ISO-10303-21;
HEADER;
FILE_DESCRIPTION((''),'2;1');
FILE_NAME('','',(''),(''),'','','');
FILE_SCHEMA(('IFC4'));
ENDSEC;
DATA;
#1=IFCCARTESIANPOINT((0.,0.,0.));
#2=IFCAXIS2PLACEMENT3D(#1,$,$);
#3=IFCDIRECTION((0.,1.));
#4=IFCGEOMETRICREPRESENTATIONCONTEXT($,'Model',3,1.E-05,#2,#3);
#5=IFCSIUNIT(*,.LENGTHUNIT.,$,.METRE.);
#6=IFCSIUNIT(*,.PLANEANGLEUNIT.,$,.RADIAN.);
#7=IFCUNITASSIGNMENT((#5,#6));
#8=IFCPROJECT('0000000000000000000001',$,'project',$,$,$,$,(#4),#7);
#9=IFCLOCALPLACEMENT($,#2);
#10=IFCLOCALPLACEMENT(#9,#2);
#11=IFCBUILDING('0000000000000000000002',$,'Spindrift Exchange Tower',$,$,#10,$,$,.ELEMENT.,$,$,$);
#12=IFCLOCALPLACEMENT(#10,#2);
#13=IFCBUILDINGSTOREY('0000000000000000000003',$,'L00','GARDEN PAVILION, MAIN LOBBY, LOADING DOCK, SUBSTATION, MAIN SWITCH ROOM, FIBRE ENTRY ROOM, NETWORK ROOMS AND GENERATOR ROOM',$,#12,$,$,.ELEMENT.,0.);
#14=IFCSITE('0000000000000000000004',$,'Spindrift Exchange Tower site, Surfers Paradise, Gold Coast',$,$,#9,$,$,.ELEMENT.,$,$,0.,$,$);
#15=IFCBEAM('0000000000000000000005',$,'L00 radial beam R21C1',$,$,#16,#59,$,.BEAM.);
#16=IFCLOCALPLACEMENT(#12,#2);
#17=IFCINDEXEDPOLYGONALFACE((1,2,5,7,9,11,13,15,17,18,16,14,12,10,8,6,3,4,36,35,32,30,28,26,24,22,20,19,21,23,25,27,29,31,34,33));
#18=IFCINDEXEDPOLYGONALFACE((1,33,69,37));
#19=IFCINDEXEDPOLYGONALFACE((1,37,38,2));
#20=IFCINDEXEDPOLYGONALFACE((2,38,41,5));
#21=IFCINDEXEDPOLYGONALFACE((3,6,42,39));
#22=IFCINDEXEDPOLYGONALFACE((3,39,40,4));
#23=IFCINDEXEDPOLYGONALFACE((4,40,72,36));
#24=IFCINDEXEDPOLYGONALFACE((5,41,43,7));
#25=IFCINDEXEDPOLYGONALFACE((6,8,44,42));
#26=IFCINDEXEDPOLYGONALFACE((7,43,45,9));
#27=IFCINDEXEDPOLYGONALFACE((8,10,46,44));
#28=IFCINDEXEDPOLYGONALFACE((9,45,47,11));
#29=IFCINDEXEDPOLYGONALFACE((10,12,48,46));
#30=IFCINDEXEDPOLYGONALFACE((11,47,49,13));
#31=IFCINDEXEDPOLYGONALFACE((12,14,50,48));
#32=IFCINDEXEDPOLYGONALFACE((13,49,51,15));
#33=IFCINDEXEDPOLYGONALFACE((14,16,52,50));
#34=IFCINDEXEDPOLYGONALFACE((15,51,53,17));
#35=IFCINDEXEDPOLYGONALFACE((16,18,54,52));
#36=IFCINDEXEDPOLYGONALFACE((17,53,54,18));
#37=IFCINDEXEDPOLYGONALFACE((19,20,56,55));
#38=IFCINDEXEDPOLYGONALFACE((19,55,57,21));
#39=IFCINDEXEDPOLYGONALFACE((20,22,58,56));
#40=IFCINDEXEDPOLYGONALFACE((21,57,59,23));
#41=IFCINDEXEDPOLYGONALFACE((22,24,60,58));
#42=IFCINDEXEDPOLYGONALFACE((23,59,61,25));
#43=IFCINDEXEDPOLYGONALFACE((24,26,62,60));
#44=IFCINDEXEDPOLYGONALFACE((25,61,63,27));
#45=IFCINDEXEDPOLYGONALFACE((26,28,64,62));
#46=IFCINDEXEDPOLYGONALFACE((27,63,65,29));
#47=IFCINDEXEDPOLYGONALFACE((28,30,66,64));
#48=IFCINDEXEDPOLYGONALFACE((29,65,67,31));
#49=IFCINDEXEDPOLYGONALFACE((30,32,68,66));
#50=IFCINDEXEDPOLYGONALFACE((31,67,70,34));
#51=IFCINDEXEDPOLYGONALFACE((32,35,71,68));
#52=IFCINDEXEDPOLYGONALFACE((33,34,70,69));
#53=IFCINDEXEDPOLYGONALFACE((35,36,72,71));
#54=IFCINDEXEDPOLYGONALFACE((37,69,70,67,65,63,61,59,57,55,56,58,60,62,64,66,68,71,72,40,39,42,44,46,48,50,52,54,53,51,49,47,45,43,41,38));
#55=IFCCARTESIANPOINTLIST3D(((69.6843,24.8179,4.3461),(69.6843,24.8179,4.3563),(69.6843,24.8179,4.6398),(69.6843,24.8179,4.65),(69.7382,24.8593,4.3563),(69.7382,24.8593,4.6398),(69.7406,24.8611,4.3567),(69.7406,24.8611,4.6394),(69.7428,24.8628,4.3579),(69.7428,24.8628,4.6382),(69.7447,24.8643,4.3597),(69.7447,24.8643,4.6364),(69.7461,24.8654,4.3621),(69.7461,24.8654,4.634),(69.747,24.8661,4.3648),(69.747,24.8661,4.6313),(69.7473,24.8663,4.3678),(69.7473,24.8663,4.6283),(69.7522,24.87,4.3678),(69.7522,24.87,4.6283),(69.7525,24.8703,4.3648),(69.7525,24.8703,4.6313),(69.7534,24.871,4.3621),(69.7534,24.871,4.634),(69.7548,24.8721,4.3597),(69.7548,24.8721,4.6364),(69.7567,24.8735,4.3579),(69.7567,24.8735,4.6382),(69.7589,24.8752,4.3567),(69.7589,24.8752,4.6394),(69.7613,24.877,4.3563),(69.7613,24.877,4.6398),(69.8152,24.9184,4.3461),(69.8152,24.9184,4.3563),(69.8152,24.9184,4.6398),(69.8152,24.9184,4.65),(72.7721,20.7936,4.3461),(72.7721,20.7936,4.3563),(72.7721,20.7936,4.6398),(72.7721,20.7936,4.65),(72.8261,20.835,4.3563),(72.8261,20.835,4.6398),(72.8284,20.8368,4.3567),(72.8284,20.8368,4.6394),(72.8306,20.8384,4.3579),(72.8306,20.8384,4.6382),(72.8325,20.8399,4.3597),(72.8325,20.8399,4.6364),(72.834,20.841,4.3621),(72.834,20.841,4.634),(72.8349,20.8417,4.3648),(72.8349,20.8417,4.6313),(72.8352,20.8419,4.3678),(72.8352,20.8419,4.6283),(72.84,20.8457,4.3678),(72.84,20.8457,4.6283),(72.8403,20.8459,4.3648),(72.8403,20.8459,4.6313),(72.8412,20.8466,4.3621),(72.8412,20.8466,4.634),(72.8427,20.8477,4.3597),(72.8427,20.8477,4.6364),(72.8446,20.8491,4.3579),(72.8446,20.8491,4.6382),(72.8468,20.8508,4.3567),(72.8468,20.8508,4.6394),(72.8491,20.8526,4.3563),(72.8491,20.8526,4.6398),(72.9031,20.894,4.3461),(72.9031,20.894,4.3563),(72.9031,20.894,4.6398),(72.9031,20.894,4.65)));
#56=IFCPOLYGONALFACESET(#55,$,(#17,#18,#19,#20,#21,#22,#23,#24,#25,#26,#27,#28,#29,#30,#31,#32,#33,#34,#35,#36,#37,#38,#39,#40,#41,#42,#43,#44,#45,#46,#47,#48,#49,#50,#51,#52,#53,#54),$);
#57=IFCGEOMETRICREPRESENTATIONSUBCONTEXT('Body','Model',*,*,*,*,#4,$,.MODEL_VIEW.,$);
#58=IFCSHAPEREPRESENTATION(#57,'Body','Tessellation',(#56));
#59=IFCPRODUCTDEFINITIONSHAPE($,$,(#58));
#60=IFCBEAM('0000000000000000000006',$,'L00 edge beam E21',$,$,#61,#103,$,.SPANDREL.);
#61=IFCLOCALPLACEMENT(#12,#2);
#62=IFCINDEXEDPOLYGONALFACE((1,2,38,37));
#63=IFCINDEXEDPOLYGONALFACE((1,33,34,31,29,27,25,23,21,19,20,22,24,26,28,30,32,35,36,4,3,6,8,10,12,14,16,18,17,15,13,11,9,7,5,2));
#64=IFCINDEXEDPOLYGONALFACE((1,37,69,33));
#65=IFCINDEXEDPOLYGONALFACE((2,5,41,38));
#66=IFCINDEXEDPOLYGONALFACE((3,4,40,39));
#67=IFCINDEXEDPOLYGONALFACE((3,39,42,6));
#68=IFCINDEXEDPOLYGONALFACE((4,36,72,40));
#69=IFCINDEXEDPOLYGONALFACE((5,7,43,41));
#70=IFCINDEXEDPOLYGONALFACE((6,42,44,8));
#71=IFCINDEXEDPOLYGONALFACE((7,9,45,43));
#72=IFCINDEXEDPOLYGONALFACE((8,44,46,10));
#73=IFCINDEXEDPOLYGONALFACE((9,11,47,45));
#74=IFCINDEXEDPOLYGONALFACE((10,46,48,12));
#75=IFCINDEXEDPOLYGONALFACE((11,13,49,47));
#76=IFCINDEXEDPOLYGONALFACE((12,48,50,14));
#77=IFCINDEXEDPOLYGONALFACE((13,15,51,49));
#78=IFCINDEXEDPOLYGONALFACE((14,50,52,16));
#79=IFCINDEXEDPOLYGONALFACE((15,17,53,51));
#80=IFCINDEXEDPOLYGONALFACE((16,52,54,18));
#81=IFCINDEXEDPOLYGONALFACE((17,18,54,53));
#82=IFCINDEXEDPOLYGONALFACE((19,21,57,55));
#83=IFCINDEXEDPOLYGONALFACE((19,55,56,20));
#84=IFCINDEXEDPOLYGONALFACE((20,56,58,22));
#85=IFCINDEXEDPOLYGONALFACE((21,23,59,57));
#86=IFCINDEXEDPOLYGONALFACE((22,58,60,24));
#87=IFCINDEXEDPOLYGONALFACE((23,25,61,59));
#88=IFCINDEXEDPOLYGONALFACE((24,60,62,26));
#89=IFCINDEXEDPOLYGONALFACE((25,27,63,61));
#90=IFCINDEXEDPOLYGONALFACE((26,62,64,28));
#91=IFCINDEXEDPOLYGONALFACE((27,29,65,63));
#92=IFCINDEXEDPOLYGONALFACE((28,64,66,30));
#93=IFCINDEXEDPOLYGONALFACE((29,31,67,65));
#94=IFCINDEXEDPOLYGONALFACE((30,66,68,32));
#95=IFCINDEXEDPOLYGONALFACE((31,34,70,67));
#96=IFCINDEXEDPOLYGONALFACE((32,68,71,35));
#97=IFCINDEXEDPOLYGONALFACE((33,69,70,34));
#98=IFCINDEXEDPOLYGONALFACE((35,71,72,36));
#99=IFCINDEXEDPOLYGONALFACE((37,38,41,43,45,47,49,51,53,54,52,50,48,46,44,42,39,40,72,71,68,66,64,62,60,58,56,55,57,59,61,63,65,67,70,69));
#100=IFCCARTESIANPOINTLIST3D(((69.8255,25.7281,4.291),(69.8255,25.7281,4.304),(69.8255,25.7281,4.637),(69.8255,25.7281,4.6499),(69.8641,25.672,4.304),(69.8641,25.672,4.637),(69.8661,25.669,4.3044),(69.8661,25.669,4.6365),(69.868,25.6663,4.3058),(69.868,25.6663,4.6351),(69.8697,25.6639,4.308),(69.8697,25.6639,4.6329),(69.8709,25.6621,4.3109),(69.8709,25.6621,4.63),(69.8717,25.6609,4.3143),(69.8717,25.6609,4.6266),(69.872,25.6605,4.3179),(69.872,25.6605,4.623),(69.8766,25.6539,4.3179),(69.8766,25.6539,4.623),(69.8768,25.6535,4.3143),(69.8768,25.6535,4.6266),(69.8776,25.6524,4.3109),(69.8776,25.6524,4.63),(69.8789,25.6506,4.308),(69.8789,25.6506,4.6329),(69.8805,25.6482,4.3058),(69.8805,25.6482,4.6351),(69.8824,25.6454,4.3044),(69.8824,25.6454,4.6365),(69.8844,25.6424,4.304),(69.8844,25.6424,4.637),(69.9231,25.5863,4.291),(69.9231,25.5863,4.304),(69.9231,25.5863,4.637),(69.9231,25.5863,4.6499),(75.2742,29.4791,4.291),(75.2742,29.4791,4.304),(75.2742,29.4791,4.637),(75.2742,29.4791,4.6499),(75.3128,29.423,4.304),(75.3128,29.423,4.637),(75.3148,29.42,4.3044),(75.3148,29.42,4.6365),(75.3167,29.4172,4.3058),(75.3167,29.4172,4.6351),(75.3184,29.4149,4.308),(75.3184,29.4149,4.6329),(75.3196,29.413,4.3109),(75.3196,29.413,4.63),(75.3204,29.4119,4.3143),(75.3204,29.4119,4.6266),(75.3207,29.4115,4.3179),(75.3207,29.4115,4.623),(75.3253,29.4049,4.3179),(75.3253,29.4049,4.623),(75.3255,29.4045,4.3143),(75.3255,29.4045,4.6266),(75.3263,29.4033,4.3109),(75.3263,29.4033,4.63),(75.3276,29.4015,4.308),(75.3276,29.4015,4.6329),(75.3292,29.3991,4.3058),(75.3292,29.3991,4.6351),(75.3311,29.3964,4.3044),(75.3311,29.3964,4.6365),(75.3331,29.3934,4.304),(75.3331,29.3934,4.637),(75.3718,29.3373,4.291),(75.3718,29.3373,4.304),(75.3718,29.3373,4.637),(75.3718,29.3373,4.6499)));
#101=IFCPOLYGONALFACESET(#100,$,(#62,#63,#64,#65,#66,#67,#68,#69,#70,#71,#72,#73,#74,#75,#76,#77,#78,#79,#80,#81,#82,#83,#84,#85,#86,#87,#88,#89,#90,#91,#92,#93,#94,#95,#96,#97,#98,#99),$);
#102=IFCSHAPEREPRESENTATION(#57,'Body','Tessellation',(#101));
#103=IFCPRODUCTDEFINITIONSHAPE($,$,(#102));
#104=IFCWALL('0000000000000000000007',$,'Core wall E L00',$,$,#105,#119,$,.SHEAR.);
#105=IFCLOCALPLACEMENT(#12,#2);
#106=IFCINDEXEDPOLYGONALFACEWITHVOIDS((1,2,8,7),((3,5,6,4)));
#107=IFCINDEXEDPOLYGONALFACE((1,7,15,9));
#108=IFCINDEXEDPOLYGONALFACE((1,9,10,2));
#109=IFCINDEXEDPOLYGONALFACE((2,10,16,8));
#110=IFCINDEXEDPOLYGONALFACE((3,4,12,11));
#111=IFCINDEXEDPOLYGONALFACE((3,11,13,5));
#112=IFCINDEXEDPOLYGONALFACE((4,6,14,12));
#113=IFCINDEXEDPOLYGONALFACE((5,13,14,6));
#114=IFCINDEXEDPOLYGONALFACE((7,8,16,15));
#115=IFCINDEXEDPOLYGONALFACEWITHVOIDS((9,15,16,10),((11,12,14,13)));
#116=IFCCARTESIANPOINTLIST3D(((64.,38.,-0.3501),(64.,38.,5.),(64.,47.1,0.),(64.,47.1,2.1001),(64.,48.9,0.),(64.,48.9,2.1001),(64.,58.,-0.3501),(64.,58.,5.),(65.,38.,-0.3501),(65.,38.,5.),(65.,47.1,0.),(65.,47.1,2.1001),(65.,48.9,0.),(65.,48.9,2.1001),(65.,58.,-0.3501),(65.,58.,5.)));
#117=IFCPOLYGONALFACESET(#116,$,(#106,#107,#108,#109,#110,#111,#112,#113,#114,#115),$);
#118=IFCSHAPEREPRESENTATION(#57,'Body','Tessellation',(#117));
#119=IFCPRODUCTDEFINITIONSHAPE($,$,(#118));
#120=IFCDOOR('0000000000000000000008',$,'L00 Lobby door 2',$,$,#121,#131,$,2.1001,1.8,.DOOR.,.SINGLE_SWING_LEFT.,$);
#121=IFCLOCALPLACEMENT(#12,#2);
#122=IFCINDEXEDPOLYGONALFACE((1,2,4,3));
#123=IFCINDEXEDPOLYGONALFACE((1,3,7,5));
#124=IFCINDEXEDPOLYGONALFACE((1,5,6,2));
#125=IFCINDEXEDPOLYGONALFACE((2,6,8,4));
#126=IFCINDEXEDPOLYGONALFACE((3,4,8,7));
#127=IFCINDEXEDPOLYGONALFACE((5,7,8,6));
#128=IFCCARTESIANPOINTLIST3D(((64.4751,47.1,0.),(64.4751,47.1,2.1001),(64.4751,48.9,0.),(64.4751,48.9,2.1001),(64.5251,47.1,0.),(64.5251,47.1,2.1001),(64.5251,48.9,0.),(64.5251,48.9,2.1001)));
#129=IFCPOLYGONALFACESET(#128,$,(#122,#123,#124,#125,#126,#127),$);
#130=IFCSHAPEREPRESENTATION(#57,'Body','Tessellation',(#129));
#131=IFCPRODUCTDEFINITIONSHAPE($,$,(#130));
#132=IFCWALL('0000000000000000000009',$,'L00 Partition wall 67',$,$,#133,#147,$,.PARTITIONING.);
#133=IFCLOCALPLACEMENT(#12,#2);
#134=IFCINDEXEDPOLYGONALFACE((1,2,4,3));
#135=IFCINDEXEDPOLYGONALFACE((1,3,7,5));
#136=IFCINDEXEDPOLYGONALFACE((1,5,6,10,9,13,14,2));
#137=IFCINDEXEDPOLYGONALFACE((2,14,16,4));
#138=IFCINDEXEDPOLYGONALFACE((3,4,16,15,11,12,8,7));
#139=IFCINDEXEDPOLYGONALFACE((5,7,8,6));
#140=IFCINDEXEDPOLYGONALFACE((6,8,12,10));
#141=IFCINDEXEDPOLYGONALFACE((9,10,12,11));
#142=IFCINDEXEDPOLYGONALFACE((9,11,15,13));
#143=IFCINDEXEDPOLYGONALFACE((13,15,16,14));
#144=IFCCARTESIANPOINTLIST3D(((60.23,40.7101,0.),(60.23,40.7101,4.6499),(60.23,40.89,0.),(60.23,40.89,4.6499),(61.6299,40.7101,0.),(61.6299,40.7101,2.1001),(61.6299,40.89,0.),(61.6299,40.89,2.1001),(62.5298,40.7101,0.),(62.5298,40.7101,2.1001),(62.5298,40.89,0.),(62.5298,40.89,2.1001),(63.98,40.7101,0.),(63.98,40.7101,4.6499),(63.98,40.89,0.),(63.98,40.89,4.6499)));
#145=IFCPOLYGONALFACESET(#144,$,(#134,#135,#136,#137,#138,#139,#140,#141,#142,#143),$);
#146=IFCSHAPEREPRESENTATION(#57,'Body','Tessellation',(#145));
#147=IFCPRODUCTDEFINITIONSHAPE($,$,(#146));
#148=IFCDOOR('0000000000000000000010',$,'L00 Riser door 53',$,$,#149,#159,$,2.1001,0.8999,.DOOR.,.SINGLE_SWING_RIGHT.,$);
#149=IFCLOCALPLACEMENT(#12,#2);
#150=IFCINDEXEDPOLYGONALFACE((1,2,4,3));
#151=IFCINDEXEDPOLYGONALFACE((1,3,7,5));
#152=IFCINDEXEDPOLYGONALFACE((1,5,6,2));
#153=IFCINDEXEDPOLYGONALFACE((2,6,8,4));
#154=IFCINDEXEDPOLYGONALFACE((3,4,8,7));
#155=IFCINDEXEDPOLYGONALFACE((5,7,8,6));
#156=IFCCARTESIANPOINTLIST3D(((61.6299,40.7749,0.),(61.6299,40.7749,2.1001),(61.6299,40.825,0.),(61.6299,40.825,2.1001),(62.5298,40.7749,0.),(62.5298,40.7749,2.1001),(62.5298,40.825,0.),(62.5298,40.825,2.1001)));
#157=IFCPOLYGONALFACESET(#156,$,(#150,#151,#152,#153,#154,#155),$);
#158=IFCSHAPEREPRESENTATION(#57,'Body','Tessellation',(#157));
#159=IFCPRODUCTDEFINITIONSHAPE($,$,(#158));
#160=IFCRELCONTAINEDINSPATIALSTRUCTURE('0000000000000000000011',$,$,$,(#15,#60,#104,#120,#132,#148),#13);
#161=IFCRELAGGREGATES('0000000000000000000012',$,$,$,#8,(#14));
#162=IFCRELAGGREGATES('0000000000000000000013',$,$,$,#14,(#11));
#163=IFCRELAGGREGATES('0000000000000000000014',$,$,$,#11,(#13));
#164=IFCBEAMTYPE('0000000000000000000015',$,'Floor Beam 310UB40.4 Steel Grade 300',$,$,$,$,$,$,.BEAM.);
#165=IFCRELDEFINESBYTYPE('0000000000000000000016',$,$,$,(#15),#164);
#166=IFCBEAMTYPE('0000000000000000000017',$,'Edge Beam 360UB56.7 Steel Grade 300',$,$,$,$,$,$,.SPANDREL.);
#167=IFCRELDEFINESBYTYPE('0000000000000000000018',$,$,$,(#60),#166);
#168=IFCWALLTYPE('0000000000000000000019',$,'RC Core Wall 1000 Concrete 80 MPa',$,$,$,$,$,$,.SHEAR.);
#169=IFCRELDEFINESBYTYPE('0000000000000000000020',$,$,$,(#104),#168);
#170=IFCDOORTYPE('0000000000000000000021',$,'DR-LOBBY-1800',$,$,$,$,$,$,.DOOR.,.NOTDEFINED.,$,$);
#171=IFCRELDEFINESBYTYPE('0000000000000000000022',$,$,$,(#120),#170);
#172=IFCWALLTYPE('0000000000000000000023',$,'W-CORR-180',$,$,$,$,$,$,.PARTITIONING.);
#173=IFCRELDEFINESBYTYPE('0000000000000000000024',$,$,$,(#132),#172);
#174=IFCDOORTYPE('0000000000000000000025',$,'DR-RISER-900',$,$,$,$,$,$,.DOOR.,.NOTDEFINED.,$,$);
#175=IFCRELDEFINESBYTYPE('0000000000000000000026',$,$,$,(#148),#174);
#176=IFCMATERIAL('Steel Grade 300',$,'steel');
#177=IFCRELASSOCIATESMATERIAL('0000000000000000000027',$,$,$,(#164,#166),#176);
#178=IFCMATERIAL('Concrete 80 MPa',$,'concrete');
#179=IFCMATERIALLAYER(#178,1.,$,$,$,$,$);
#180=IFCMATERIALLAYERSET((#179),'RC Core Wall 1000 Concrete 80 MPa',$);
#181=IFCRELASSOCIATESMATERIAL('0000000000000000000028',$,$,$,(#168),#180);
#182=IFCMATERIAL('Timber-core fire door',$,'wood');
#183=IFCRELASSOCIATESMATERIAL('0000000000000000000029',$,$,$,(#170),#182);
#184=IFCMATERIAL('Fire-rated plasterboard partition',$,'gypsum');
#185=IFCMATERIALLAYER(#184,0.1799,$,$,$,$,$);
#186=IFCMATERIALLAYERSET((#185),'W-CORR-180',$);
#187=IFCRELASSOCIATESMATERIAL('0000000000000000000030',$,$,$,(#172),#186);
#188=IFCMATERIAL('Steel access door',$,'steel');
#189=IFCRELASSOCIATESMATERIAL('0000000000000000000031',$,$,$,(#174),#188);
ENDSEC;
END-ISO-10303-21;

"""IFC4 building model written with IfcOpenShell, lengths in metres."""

from ifc_helpers import new_model, si_unit, direction, frame, frame_2d, origin, origin_2d, place, context, subcontext, project, spatial, rectangle, i_section, extrude, source, transform, mapped, material, layer, layer_set, material_profile, profile_set, type_object, element, fill, save


model = new_model("IFC4")

# Units and contexts
model_context = context("Model", 3, precision=1e-05, world=origin(), true_north=direction((0.0, 1.0)))
body_context = subcontext(model_context, "Body", "Model", "MODEL_VIEW")
ifc_project = project(units=[si_unit("LENGTHUNIT", "METRE"), si_unit("PLANEANGLEUNIT", "RADIAN")], contexts=[model_context])

# Site, building, storey
site_placement = place(None, origin())
site = spatial("IfcSite", under=ifc_project, at=site_placement, Name="Spindrift Exchange Tower site, Surfers Paradise, Gold Coast", CompositionType="ELEMENT", RefElevation=0.0)
building_placement = place(site_placement, origin())
building = spatial("IfcBuilding", under=site, at=building_placement, Name="Spindrift Exchange Tower", CompositionType="ELEMENT")
storey_placement = place(building_placement, origin())
storey = spatial("IfcBuildingStorey", under=building, at=storey_placement, Name="L00", Description="GARDEN PAVILION, MAIN LOBBY, LOADING DOCK, SUBSTATION, MAIN SWITCH ROOM, FIBRE ENTRY ROOM, NETWORK ROOMS AND GENERATOR ROOM", CompositionType="ELEMENT", Elevation=0.0)

# Shared definitions
ifc_material_1 = material(Name="Concrete 80 MPa", Category="concrete")

# Beams
ifc_material_2 = material(Name="Steel Grade 300", Category="steel")
ifc_material_profile_1 = material_profile(ifc_material_2, i_section(OverallWidth=0.165, OverallDepth=0.304, WebThickness=0.0061, FlangeThickness=0.0103, FilletRadius=0.0115, at=origin_2d()), Name="310UB40.4")
ifc_profile_set_1 = profile_set([ifc_material_profile_1], Name="Steel Grade 300")
beam_type_1 = type_object("IfcBeamType", Name="Floor Beam 310UB40.4 Steel Grade 300", PredefinedType="BEAM", material=ifc_profile_set_1)
shared_shape_1 = source(origin(), body_context, "Body", "SweptSolid", [
    extrude(i_section(OverallWidth=0.165, OverallDepth=0.304, WebThickness=0.0061, FlangeThickness=0.0103, FilletRadius=0.0115, at=origin_2d()), origin(), (0.0, 0.0, 1.0), 5.0725),
])
beam_1_placement = place(storey_placement, frame((69.7498, 24.8682, 4.498), z_axis=(0.608743, -0.793368, 0.0), x_axis=(0.793368, 0.608743, 0.0)))
element("IfcBeam", 1, at=beam_1_placement, inside=storey, type_object=beam_type_1, Name="L00 radial beam R21C1", PredefinedType="BEAM", context=body_context, shape_type="MappedRepresentation", body=[
    mapped(shared_shape_1, transform((0.0, 0.0, 0.0), scale=1.0)),
])
ifc_material_profile_2 = material_profile(ifc_material_2, i_section(OverallWidth=0.1721, OverallDepth=0.3589, WebThickness=0.0081, FlangeThickness=0.0129, FilletRadius=0.0139, at=origin_2d()), Name="360UB56.7")
ifc_profile_set_2 = profile_set([ifc_material_profile_2], Name="Steel Grade 300")
beam_type_2 = type_object("IfcBeamType", Name="Edge Beam 360UB56.7 Steel Grade 300", PredefinedType="SPANDREL", material=ifc_profile_set_2)
shared_shape_2 = source(origin(), body_context, "Body", "SweptSolid", [
    extrude(i_section(OverallWidth=0.1721, OverallDepth=0.3589, WebThickness=0.0081, FlangeThickness=0.0129, FilletRadius=0.0139, at=origin_2d()), origin(), (0.0, 0.0, 1.0), 6.615),
])
beam_2_placement = place(storey_placement, frame((69.8743, 25.6572, 4.4705), z_axis=(0.823691, 0.567039, 0.0), x_axis=(-0.567039, 0.823691, 0.0)))
element("IfcBeam", 2, at=beam_2_placement, inside=storey, type_object=beam_type_2, Name="L00 edge beam E21", PredefinedType="SPANDREL", context=body_context, shape_type="MappedRepresentation", body=[
    mapped(shared_shape_2, transform((0.0, 0.0, 0.0), scale=1.0)),
])

# Walls, openings, doors
ifc_layer_1 = layer(ifc_material_1, 1.0)
ifc_layer_set_1 = layer_set([ifc_layer_1], Name="RC Core Wall 1000 Concrete 80 MPa")
wall_type_1 = type_object("IfcWallType", Name="RC Core Wall 1000 Concrete 80 MPa", PredefinedType="SHEAR", material=ifc_layer_set_1)
wall_1_placement = place(storey_placement, frame((64.5, 38.0, -0.3501), z_axis=(0.0, 0.0, 1.0), x_axis=(0.0, 1.0, 0.0)))
wall_1 = element("IfcWall", 3, at=wall_1_placement, inside=storey, type_object=wall_type_1, Name="Core wall E L00", PredefinedType="SHEAR", context=body_context, shape_type="SweptSolid", body=[
    extrude(rectangle(XDim=20.0, YDim=1.0, at=frame_2d((10.0, 0.0))), origin(), (0.0, 0.0, 1.0), 5.3501),
])
opening_1_placement = place(wall_1_placement, frame((9.1001, 0.0, 0.3501)))
opening_1 = element("IfcOpeningElement", 4, at=opening_1_placement, cuts=wall_1, PredefinedType="OPENING", context=body_context, shape_type="SweptSolid", body=[
    extrude(rectangle(XDim=1.8, YDim=2.1001, at=frame_2d((0.8999, 1.05))), frame((0.0, 0.51, 0.0), z_axis=(0.0, -1.0, 0.0), x_axis=(1.0, 0.0, 0.0)), (0.0, 0.0, 1.0), 1.02),
])
ifc_material_3 = material(Name="Timber-core fire door", Category="wood")
door_type_1 = type_object("IfcDoorType", Name="DR-LOBBY-1800", OperationType="NOTDEFINED", PredefinedType="DOOR", material=ifc_material_3)
shared_shape_3 = source(origin(), body_context, "Body", "SweptSolid", [
    extrude(rectangle(XDim=1.8, YDim=2.1001, at=frame_2d((0.8999, 1.05))), frame((0.0, 0.0249, 0.0), z_axis=(0.0, -1.0, 0.0), x_axis=(1.0, 0.0, 0.0)), (0.0, 0.0, 1.0), 0.05),
])
door_1_placement = place(opening_1_placement, origin())
door_1 = element("IfcDoor", 5, at=door_1_placement, inside=storey, type_object=door_type_1, Name="L00 Lobby door 2", OperationType="SINGLE_SWING_LEFT", OverallHeight=2.1001, OverallWidth=1.8, PredefinedType="DOOR", context=body_context, shape_type="MappedRepresentation", body=[
    mapped(shared_shape_3, transform((0.0, 0.0, 0.0), scale=1.0)),
])
fill(opening_1, door_1)
ifc_material_4 = material(Name="Fire-rated plasterboard partition", Category="gypsum")
ifc_layer_2 = layer(ifc_material_4, 0.1799)
ifc_layer_set_2 = layer_set([ifc_layer_2], Name="W-CORR-180")
wall_type_2 = type_object("IfcWallType", Name="W-CORR-180", PredefinedType="PARTITIONING", material=ifc_layer_set_2)
wall_2_placement = place(storey_placement, frame((60.23, 40.8, 0.0), z_axis=(0.0, 0.0, 1.0), x_axis=(1.0, 0.0, 0.0)))
wall_2 = element("IfcWall", 6, at=wall_2_placement, inside=storey, type_object=wall_type_2, Name="L00 Partition wall 67", PredefinedType="PARTITIONING", context=body_context, shape_type="SweptSolid", body=[
    extrude(rectangle(XDim=3.75, YDim=0.1799, at=frame_2d((1.875, 0.0))), origin(), (0.0, 0.0, 1.0), 4.6499),
])
opening_2_placement = place(wall_2_placement, frame((1.3999, 0.0, 0.0)))
opening_2 = element("IfcOpeningElement", 7, at=opening_2_placement, cuts=wall_2, PredefinedType="OPENING", context=body_context, shape_type="SweptSolid", body=[
    extrude(rectangle(XDim=0.8999, YDim=2.1001, at=frame_2d((0.45, 1.05))), frame((0.0, 0.0999, 0.0), z_axis=(0.0, -1.0, 0.0), x_axis=(1.0, 0.0, 0.0)), (0.0, 0.0, 1.0), 0.2),
])
ifc_material_5 = material(Name="Steel access door", Category="steel")
door_type_2 = type_object("IfcDoorType", Name="DR-RISER-900", OperationType="NOTDEFINED", PredefinedType="DOOR", material=ifc_material_5)
shared_shape_4 = source(origin(), body_context, "Body", "SweptSolid", [
    extrude(rectangle(XDim=0.8999, YDim=2.1001, at=frame_2d((0.45, 1.05))), frame((0.0, 0.0249, 0.0), z_axis=(0.0, -1.0, 0.0), x_axis=(1.0, 0.0, 0.0)), (0.0, 0.0, 1.0), 0.05),
])
door_2_placement = place(opening_2_placement, origin())
door_2 = element("IfcDoor", 8, at=door_2_placement, inside=storey, type_object=door_type_2, Name="L00 Riser door 53", OperationType="SINGLE_SWING_RIGHT", OverallHeight=2.1001, OverallWidth=0.8999, PredefinedType="DOOR", context=body_context, shape_type="MappedRepresentation", body=[
    mapped(shared_shape_4, transform((0.0, 0.0, 0.0), scale=1.0)),
])
fill(opening_2, door_2)

save(model, "model.ifc")
